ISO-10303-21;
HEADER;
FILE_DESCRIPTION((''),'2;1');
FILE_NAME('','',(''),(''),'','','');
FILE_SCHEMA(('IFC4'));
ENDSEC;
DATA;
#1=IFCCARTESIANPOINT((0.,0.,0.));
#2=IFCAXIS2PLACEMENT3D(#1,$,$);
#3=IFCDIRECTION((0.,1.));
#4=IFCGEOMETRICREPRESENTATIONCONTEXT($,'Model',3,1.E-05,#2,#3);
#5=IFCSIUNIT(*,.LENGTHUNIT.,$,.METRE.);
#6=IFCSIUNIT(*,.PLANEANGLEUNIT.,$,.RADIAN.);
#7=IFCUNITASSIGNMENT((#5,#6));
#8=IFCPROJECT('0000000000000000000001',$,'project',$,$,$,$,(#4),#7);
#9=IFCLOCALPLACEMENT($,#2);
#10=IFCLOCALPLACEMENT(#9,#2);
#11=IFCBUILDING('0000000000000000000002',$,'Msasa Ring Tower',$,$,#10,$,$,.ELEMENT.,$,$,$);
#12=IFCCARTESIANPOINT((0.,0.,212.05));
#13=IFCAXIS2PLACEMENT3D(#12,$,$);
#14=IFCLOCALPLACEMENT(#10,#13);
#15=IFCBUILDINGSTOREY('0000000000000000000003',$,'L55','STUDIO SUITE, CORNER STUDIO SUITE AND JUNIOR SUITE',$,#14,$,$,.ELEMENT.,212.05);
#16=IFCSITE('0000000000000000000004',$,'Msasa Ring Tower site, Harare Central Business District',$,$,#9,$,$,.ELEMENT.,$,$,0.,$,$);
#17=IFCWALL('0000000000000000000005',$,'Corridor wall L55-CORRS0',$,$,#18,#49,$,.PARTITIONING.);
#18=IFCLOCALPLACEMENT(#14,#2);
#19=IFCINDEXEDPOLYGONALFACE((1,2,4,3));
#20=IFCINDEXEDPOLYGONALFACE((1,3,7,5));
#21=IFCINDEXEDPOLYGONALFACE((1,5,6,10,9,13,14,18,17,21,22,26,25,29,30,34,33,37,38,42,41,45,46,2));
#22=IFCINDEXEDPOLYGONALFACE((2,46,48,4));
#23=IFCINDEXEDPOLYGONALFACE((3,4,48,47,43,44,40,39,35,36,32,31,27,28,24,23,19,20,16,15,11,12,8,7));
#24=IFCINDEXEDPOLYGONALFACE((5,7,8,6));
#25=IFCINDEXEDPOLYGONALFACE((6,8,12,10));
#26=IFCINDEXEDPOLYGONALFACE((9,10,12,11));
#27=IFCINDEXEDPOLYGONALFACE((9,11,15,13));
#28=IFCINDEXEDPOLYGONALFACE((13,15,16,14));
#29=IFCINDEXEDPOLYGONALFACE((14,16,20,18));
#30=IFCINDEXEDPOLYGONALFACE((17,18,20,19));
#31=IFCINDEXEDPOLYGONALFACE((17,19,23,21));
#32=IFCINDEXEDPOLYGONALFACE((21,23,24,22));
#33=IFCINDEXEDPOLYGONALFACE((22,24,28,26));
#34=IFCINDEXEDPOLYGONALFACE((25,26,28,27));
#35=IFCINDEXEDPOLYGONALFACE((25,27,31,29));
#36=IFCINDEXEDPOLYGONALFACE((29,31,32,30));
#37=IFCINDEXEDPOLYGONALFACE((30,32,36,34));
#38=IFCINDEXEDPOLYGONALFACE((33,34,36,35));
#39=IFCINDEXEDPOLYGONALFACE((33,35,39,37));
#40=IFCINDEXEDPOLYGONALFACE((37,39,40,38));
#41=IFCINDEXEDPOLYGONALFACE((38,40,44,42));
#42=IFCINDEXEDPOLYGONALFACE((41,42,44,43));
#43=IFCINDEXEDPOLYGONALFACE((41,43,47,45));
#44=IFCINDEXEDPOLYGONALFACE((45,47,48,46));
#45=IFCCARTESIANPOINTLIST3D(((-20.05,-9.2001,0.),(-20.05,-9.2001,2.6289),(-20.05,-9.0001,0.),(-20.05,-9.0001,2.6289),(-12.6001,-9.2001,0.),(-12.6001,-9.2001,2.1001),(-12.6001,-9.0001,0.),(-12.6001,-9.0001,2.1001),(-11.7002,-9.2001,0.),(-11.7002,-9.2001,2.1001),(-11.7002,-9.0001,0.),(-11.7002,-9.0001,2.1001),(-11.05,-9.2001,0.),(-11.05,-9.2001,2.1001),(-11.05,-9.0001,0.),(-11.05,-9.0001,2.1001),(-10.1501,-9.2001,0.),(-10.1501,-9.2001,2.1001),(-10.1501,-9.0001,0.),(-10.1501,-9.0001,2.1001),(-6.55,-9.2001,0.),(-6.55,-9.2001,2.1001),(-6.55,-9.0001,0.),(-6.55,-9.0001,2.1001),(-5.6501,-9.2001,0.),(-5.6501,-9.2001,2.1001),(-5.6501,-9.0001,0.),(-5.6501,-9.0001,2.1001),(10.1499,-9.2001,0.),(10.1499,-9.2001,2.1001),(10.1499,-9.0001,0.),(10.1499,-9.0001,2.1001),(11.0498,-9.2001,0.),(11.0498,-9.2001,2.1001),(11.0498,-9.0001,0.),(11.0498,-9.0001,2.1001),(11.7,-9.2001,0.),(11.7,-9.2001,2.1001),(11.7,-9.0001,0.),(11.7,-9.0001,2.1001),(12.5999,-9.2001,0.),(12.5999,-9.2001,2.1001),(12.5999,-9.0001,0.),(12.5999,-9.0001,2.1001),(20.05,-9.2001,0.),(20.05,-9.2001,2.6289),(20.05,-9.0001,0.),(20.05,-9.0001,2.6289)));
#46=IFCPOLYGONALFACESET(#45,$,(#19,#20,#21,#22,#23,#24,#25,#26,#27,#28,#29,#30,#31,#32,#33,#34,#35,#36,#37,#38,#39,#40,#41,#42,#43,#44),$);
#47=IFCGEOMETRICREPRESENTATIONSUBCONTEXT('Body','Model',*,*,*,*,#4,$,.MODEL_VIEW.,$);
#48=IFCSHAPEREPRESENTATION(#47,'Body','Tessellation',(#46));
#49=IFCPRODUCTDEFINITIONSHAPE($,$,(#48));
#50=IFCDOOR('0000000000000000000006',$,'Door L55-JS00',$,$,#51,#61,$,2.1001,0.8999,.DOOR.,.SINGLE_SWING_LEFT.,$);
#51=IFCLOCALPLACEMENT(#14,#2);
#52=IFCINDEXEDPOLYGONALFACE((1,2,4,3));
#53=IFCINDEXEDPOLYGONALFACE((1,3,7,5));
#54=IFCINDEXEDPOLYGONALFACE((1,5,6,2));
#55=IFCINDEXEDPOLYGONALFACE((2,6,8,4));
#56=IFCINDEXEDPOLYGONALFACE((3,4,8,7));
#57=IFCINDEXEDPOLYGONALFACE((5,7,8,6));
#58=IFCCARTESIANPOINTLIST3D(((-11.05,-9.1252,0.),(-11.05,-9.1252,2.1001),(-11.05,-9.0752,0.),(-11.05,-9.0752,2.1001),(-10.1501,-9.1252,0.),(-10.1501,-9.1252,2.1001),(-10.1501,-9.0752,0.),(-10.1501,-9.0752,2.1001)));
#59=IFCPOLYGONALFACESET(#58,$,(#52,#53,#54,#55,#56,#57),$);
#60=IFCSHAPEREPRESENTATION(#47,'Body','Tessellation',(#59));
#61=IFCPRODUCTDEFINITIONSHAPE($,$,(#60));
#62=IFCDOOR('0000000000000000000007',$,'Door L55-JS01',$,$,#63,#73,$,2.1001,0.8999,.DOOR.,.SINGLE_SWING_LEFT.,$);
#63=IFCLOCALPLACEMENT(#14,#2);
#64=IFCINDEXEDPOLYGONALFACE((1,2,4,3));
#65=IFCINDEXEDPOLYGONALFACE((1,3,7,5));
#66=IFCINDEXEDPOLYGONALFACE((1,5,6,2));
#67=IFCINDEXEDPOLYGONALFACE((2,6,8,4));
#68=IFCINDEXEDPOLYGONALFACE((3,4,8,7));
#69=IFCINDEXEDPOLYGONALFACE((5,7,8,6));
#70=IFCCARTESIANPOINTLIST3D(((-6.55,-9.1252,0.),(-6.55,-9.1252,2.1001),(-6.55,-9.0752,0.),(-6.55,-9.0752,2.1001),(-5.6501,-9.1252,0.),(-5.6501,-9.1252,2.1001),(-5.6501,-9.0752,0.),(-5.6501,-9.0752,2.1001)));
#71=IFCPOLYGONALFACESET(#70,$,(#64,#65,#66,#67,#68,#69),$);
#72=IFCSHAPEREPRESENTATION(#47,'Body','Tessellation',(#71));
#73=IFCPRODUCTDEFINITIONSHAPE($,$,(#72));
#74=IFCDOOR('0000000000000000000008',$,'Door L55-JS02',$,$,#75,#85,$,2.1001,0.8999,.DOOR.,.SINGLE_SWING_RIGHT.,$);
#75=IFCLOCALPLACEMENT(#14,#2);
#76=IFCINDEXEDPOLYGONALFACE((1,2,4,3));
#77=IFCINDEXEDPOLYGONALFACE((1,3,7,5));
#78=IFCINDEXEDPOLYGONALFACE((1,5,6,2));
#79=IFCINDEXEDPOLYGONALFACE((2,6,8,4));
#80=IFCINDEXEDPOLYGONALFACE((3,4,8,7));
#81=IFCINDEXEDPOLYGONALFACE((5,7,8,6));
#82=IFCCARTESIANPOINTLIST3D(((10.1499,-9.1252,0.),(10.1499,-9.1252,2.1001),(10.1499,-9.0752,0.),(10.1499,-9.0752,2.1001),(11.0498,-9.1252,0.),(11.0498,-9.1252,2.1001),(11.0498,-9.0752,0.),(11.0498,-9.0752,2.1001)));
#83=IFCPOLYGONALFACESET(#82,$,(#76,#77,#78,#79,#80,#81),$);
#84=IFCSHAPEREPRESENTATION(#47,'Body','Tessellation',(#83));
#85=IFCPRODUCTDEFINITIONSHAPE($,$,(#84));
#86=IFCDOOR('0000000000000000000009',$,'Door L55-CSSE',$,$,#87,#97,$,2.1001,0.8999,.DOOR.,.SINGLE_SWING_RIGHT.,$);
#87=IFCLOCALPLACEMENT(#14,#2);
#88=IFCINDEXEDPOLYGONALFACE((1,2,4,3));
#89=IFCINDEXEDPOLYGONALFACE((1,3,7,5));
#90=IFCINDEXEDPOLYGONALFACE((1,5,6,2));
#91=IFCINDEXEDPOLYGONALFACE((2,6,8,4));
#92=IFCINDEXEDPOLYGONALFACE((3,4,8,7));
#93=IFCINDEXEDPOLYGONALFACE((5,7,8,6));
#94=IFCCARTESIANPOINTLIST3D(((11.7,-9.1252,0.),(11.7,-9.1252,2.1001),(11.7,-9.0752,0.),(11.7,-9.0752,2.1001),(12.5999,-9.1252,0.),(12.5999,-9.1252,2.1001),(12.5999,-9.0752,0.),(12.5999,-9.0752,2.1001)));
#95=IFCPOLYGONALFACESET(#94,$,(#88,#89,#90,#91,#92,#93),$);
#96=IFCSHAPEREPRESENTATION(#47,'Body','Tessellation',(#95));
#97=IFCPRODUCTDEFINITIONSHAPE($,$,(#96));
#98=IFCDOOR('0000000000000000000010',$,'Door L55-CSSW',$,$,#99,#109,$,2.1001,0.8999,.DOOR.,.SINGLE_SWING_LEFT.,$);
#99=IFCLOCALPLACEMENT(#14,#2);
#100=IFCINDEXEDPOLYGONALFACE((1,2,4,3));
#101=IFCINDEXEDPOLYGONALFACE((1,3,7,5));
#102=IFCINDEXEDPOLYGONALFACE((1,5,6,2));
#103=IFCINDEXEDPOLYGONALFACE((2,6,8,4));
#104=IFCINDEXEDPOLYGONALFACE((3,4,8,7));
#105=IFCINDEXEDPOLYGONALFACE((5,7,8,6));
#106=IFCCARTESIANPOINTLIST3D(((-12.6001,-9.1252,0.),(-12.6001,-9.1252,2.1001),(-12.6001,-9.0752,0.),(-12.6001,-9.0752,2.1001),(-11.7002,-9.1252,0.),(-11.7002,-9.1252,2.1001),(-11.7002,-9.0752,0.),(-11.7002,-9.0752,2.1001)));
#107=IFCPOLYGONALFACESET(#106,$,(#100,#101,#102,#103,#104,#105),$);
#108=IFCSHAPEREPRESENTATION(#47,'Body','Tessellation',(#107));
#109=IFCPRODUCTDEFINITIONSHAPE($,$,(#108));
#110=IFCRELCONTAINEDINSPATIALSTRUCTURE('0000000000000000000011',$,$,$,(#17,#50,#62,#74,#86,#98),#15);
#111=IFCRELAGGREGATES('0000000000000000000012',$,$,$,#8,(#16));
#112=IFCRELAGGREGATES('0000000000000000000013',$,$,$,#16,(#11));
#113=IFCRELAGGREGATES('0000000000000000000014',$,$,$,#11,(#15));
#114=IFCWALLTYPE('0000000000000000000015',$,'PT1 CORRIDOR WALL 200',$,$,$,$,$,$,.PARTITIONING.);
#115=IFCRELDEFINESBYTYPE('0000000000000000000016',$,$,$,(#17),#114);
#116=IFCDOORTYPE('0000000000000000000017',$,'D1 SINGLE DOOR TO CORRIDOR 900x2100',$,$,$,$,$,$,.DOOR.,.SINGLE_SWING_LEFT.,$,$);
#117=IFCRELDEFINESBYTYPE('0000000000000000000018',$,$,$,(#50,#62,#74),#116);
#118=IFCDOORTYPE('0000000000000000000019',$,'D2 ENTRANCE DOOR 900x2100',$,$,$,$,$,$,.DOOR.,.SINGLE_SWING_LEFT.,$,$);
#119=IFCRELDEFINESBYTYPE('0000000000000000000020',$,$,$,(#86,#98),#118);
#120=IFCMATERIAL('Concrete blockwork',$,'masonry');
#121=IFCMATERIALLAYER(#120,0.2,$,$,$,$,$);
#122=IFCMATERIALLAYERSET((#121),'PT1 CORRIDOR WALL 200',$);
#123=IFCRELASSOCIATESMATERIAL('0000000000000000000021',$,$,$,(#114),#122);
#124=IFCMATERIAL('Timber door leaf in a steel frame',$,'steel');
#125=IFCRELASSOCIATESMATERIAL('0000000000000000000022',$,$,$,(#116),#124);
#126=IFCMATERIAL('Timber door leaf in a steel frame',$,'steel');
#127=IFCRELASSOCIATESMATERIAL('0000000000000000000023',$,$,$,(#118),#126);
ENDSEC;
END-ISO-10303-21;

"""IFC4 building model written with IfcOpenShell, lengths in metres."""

from ifc_helpers import new_model, si_unit, direction, frame, frame_2d, origin, place, context, subcontext, project, spatial, rectangle, extrude, material, layer, layer_set, type_object, element, fill, save


model = new_model("IFC4")

# Units and contexts
model_context = context("Model", 3, precision=1e-05, world=origin(), true_north=direction((0.0, 1.0)))
body_context = subcontext(model_context, "Body", "Model", "MODEL_VIEW")
ifc_project = project(units=[si_unit("LENGTHUNIT", "METRE"), si_unit("PLANEANGLEUNIT", "RADIAN")], contexts=[model_context])

# Site, building, storey
site_placement = place(None, origin())
site = spatial("IfcSite", under=ifc_project, at=site_placement, Name="Msasa Ring Tower site, Harare Central Business District", CompositionType="ELEMENT", RefElevation=0.0)
building_placement = place(site_placement, origin())
building = spatial("IfcBuilding", under=site, at=building_placement, Name="Msasa Ring Tower", CompositionType="ELEMENT")
storey_placement = place(building_placement, frame((0.0, 0.0, 212.05)))
storey = spatial("IfcBuildingStorey", under=building, at=storey_placement, Name="L55", Description="STUDIO SUITE, CORNER STUDIO SUITE AND JUNIOR SUITE", CompositionType="ELEMENT", Elevation=212.05)

# Wall, openings, doors
ifc_material_1 = material(Name="Concrete blockwork", Category="masonry")
ifc_layer_1 = layer(ifc_material_1, 0.2)
ifc_layer_set_1 = layer_set([ifc_layer_1], Name="PT1 CORRIDOR WALL 200")
wall_type_1 = type_object("IfcWallType", Name="PT1 CORRIDOR WALL 200", PredefinedType="PARTITIONING", material=ifc_layer_set_1)
wall_1_placement = place(storey_placement, frame((-20.05, -9.1001, 0.0), z_axis=(0.0, 0.0, 1.0), x_axis=(1.0, 0.0, 0.0)))
wall_1 = element("IfcWall", 1, at=wall_1_placement, inside=storey, type_object=wall_type_1, Name="Corridor wall L55-CORRS0", PredefinedType="PARTITIONING", context=body_context, shape_type="SweptSolid", body=[
    extrude(rectangle(XDim=40.1001, YDim=0.2, at=frame_2d((20.05, 0.0))), origin(), (0.0, 0.0, 1.0), 2.6289),
])
opening_1_placement = place(wall_1_placement, frame((9.0, 0.0, 0.0)))
opening_1 = element("IfcOpeningElement", 2, at=opening_1_placement, cuts=wall_1, PredefinedType="OPENING", context=body_context, shape_type="SweptSolid", body=[
    extrude(rectangle(XDim=0.8999, YDim=2.1001, at=frame_2d((0.45, 1.05))), frame((0.0, 0.1099, 0.0), z_axis=(0.0, -1.0, 0.0), x_axis=(1.0, 0.0, 0.0)), (0.0, 0.0, 1.0), 0.22),
])
opening_2_placement = place(wall_1_placement, frame((13.5, 0.0, 0.0)))
opening_2 = element("IfcOpeningElement", 3, at=opening_2_placement, cuts=wall_1, PredefinedType="OPENING", context=body_context, shape_type="SweptSolid", body=[
    extrude(rectangle(XDim=0.8999, YDim=2.1001, at=frame_2d((0.45, 1.05))), frame((0.0, 0.1099, 0.0), z_axis=(0.0, -1.0, 0.0), x_axis=(1.0, 0.0, 0.0)), (0.0, 0.0, 1.0), 0.22),
])
opening_3_placement = place(wall_1_placement, frame((30.2, 0.0, 0.0)))
opening_3 = element("IfcOpeningElement", 4, at=opening_3_placement, cuts=wall_1, PredefinedType="OPENING", context=body_context, shape_type="SweptSolid", body=[
    extrude(rectangle(XDim=0.8999, YDim=2.1001, at=frame_2d((0.45, 1.05))), frame((0.0, 0.1099, 0.0), z_axis=(0.0, -1.0, 0.0), x_axis=(1.0, 0.0, 0.0)), (0.0, 0.0, 1.0), 0.22),
])
opening_4_placement = place(wall_1_placement, frame((31.75, 0.0, 0.0)))
opening_4 = element("IfcOpeningElement", 5, at=opening_4_placement, cuts=wall_1, PredefinedType="OPENING", context=body_context, shape_type="SweptSolid", body=[
    extrude(rectangle(XDim=0.8999, YDim=2.1001, at=frame_2d((0.45, 1.05))), frame((0.0, 0.1099, 0.0), z_axis=(0.0, -1.0, 0.0), x_axis=(1.0, 0.0, 0.0)), (0.0, 0.0, 1.0), 0.22),
])
opening_5_placement = place(wall_1_placement, frame((7.45, 0.0, 0.0)))
opening_5 = element("IfcOpeningElement", 6, at=opening_5_placement, cuts=wall_1, PredefinedType="OPENING", context=body_context, shape_type="SweptSolid", body=[
    extrude(rectangle(XDim=0.8999, YDim=2.1001, at=frame_2d((0.45, 1.05))), frame((0.0, 0.1099, 0.0), z_axis=(0.0, -1.0, 0.0), x_axis=(1.0, 0.0, 0.0)), (0.0, 0.0, 1.0), 0.22),
])
ifc_material_2 = material(Name="Timber door leaf in a steel frame", Category="steel")
door_type_1 = type_object("IfcDoorType", Name="D1 SINGLE DOOR TO CORRIDOR 900x2100", OperationType="SINGLE_SWING_LEFT", PredefinedType="DOOR", material=ifc_material_2)
door_1_placement = place(opening_1_placement, origin())
door_1 = element("IfcDoor", 7, at=door_1_placement, inside=storey, type_object=door_type_1, Name="Door L55-JS00", OperationType="SINGLE_SWING_LEFT", OverallHeight=2.1001, OverallWidth=0.8999, PredefinedType="DOOR", context=body_context, shape_type="SweptSolid", body=[
    extrude(rectangle(XDim=0.8999, YDim=2.1001, at=frame_2d((0.45, 1.05))), frame((0.0, 0.0249, 0.0), z_axis=(0.0, -1.0, 0.0), x_axis=(1.0, 0.0, 0.0)), (0.0, 0.0, 1.0), 0.05),
])
fill(opening_1, door_1)
door_2_placement = place(opening_2_placement, origin())
door_2 = element("IfcDoor", 8, at=door_2_placement, inside=storey, type_object=door_type_1, Name="Door L55-JS01", OperationType="SINGLE_SWING_LEFT", OverallHeight=2.1001, OverallWidth=0.8999, PredefinedType="DOOR", context=body_context, shape_type="SweptSolid", body=[
    extrude(rectangle(XDim=0.8999, YDim=2.1001, at=frame_2d((0.45, 1.05))), frame((0.0, 0.0249, 0.0), z_axis=(0.0, -1.0, 0.0), x_axis=(1.0, 0.0, 0.0)), (0.0, 0.0, 1.0), 0.05),
])
fill(opening_2, door_2)
door_3_placement = place(opening_3_placement, origin())
door_3 = element("IfcDoor", 9, at=door_3_placement, inside=storey, type_object=door_type_1, Name="Door L55-JS02", OperationType="SINGLE_SWING_RIGHT", OverallHeight=2.1001, OverallWidth=0.8999, PredefinedType="DOOR", context=body_context, shape_type="SweptSolid", body=[
    extrude(rectangle(XDim=0.8999, YDim=2.1001, at=frame_2d((0.45, 1.05))), frame((0.0, 0.0249, 0.0), z_axis=(0.0, -1.0, 0.0), x_axis=(1.0, 0.0, 0.0)), (0.0, 0.0, 1.0), 0.05),
])
fill(opening_3, door_3)
ifc_material_3 = material(Name="Timber door leaf in a steel frame", Category="steel")
door_type_2 = type_object("IfcDoorType", Name="D2 ENTRANCE DOOR 900x2100", OperationType="SINGLE_SWING_LEFT", PredefinedType="DOOR", material=ifc_material_3)
door_4_placement = place(opening_4_placement, origin())
door_4 = element("IfcDoor", 10, at=door_4_placement, inside=storey, type_object=door_type_2, Name="Door L55-CSSE", OperationType="SINGLE_SWING_RIGHT", OverallHeight=2.1001, OverallWidth=0.8999, PredefinedType="DOOR", context=body_context, shape_type="SweptSolid", body=[
    extrude(rectangle(XDim=0.8999, YDim=2.1001, at=frame_2d((0.45, 1.05))), frame((0.0, 0.0249, 0.0), z_axis=(0.0, -1.0, 0.0), x_axis=(1.0, 0.0, 0.0)), (0.0, 0.0, 1.0), 0.05),
])
fill(opening_4, door_4)
door_5_placement = place(opening_5_placement, origin())
door_5 = element("IfcDoor", 11, at=door_5_placement, inside=storey, type_object=door_type_2, Name="Door L55-CSSW", OperationType="SINGLE_SWING_LEFT", OverallHeight=2.1001, OverallWidth=0.8999, PredefinedType="DOOR", context=body_context, shape_type="SweptSolid", body=[
    extrude(rectangle(XDim=0.8999, YDim=2.1001, at=frame_2d((0.45, 1.05))), frame((0.0, 0.0249, 0.0), z_axis=(0.0, -1.0, 0.0), x_axis=(1.0, 0.0, 0.0)), (0.0, 0.0, 1.0), 0.05),
])
fill(opening_5, door_5)

save(model, "model.ifc")
